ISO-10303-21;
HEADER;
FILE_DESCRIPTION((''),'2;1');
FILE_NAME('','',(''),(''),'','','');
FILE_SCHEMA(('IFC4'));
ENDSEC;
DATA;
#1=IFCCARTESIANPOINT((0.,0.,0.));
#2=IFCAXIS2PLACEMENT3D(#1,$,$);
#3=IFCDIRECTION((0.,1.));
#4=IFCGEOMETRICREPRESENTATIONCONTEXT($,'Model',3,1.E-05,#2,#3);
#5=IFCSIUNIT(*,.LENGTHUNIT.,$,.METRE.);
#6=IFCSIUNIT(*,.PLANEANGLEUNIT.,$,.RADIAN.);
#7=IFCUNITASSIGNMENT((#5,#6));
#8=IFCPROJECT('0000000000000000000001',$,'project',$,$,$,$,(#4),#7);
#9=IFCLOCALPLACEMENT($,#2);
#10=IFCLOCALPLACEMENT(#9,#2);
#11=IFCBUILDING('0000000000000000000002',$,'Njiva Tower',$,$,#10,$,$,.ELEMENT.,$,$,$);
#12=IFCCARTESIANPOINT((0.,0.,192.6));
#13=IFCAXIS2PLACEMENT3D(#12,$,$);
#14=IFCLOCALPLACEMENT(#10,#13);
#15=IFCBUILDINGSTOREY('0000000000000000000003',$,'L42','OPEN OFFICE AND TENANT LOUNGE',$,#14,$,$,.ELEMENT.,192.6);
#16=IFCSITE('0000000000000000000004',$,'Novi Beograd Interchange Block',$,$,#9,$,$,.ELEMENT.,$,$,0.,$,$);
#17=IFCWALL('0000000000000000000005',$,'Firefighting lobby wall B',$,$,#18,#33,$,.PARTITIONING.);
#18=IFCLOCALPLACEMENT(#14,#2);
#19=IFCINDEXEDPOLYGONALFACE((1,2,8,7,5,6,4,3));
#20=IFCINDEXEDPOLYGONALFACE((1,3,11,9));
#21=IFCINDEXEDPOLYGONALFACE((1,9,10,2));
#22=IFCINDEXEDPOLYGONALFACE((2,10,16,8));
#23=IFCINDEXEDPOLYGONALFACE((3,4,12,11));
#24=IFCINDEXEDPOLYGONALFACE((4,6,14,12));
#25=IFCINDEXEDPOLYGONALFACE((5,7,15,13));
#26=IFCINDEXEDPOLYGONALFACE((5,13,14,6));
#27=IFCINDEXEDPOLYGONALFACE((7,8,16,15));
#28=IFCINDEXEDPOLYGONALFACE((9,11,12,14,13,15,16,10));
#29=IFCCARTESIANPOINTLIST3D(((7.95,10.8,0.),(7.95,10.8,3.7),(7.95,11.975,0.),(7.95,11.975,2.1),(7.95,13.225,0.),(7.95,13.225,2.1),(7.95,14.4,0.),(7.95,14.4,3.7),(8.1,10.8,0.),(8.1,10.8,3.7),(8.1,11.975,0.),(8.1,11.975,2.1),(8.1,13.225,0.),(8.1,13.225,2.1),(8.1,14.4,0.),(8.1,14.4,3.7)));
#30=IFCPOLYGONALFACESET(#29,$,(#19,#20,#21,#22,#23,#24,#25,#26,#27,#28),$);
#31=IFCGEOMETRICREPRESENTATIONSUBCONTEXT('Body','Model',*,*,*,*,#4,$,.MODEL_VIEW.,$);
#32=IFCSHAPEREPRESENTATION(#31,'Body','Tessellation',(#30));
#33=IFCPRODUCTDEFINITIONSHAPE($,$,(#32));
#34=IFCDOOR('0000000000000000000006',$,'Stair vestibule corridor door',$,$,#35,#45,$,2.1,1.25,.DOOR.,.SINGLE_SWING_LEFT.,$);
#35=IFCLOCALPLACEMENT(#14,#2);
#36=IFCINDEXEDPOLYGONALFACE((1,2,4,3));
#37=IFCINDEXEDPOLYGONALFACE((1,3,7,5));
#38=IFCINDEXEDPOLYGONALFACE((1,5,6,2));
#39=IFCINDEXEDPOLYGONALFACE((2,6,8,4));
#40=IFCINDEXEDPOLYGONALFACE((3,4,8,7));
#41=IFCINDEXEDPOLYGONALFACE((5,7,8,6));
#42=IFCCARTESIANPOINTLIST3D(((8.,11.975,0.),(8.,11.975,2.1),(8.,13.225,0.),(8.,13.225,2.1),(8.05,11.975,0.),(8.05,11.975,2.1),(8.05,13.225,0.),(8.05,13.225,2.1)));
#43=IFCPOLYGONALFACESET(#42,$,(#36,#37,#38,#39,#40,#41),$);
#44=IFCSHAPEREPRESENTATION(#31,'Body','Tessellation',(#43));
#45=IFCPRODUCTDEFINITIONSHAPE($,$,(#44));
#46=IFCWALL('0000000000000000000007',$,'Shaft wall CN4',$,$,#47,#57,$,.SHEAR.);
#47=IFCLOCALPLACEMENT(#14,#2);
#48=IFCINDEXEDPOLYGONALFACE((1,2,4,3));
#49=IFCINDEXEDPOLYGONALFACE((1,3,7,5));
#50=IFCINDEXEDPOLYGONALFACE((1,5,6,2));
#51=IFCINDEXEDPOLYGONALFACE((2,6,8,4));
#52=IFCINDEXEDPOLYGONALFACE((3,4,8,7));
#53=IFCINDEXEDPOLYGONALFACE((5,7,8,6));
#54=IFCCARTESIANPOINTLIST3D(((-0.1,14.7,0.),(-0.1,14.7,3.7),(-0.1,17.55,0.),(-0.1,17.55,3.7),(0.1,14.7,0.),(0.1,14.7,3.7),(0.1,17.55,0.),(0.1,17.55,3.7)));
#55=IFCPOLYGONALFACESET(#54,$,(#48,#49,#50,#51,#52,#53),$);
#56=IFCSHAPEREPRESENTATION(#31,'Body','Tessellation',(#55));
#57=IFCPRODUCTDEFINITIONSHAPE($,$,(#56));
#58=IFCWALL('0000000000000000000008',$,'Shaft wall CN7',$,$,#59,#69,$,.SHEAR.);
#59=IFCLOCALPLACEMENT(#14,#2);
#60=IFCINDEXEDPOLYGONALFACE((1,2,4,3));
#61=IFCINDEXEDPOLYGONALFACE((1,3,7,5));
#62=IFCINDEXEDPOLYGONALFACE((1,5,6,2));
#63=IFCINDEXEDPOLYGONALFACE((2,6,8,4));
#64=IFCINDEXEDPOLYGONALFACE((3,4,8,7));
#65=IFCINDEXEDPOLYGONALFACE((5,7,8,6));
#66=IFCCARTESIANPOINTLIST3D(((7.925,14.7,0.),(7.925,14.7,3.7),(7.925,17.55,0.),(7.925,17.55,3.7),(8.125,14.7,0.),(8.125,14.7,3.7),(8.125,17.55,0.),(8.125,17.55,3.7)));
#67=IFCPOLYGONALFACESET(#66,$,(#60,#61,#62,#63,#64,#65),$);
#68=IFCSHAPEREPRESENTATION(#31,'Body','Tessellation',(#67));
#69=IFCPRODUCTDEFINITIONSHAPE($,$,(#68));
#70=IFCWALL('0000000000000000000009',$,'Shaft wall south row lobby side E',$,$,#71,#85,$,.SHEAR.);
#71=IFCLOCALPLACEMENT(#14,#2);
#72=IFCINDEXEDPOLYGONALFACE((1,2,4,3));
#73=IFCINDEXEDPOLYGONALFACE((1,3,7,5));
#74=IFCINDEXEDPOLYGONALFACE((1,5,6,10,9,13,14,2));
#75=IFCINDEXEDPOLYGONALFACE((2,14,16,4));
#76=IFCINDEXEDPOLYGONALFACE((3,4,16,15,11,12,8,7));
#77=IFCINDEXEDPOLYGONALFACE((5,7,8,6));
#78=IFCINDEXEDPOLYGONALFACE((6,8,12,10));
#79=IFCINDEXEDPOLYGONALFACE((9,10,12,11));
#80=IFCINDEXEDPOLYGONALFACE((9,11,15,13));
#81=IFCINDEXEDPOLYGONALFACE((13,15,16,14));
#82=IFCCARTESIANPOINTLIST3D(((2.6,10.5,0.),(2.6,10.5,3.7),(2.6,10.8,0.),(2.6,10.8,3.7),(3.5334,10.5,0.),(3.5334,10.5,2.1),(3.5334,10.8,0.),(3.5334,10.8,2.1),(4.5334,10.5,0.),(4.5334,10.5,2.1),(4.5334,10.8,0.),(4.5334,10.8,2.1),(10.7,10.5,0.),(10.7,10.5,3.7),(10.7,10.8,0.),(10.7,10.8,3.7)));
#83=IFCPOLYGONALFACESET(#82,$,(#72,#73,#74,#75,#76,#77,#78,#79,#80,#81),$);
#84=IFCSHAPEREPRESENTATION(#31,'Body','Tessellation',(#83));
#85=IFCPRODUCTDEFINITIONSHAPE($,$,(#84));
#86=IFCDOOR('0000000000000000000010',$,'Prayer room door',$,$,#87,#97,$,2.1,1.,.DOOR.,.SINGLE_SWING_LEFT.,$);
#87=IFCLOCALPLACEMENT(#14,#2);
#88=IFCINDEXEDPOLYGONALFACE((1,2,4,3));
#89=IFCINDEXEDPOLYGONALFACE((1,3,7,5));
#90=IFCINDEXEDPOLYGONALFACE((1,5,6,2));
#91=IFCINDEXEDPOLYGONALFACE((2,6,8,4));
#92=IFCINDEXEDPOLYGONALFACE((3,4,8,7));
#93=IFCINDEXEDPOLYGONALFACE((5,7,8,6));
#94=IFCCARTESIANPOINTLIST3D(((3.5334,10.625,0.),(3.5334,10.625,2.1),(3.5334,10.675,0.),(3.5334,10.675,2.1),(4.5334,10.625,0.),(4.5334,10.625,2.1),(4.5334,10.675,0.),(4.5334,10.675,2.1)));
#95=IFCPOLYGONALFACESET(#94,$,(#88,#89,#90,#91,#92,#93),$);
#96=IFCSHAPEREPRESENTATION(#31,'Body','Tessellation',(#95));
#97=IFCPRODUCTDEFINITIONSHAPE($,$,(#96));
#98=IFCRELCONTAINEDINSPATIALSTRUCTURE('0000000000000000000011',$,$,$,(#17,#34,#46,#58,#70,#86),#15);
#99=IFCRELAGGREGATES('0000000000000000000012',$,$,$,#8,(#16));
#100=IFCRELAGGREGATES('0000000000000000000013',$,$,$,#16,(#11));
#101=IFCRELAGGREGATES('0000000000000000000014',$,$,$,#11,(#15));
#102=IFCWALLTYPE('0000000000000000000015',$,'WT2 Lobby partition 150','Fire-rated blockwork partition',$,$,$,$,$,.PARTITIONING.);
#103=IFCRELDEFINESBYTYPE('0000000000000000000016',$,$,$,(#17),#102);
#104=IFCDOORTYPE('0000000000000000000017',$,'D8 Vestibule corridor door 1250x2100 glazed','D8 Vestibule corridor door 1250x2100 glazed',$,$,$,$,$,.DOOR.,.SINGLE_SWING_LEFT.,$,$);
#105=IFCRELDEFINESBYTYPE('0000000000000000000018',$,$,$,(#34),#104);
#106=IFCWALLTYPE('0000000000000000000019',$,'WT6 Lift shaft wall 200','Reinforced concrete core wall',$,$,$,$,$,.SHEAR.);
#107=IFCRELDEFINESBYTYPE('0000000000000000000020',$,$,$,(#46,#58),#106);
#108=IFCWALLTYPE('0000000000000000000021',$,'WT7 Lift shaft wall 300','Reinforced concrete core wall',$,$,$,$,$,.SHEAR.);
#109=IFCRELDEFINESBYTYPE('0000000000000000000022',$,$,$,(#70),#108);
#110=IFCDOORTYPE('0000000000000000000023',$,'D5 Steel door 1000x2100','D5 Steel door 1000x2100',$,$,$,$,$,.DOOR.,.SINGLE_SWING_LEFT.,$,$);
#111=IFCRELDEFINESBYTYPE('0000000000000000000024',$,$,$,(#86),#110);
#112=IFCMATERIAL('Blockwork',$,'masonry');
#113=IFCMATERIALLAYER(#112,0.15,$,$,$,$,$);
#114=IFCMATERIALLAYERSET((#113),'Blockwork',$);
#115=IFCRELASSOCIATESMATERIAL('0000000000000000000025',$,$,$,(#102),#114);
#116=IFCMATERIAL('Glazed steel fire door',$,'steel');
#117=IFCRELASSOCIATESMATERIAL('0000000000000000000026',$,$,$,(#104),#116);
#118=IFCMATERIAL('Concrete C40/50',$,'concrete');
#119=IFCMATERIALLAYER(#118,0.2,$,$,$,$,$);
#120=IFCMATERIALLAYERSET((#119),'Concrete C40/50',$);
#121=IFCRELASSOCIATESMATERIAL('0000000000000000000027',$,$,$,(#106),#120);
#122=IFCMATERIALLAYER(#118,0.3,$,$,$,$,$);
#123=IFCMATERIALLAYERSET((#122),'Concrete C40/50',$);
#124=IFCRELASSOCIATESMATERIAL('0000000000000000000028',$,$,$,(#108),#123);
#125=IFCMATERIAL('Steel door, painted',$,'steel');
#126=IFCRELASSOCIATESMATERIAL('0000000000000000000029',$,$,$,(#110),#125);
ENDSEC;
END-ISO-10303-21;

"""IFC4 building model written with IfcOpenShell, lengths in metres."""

from ifc_helpers import new_model, si_unit, direction, frame, frame_2d, origin, place, context, subcontext, project, spatial, rectangle, extrude, material, layer, layer_set, type_object, element, fill, save


model = new_model("IFC4")

# Units and contexts
model_context = context("Model", 3, precision=1e-05, world=origin(), true_north=direction((0.0, 1.0)))
body_context = subcontext(model_context, "Body", "Model", "MODEL_VIEW")
ifc_project = project(units=[si_unit("LENGTHUNIT", "METRE"), si_unit("PLANEANGLEUNIT", "RADIAN")], contexts=[model_context])

# Site, building, storey
site_placement = place(None, origin())
site = spatial("IfcSite", under=ifc_project, at=site_placement, Name="Novi Beograd Interchange Block", CompositionType="ELEMENT", RefElevation=0.0)
building_placement = place(site_placement, origin())
building = spatial("IfcBuilding", under=site, at=building_placement, Name="Njiva Tower", CompositionType="ELEMENT")
storey_placement = place(building_placement, frame((0.0, 0.0, 192.6)))
storey = spatial("IfcBuildingStorey", under=building, at=storey_placement, Name="L42", Description="OPEN OFFICE AND TENANT LOUNGE", CompositionType="ELEMENT", Elevation=192.6)

# Shared definitions
ifc_material_1 = material(Name="Blockwork", Category="masonry")

# Wall, opening, door
ifc_material_2 = material(Name="Concrete C40/50", Category="concrete")
ifc_material_3 = material(Name="Glazed steel fire door", Category="steel")
ifc_layer_1 = layer(ifc_material_1, 0.15)
ifc_layer_set_1 = layer_set([ifc_layer_1], Name="Blockwork")
wall_type_1 = type_object("IfcWallType", Name="WT2 Lobby partition 150", Description="Fire-rated blockwork partition", PredefinedType="PARTITIONING", material=ifc_layer_set_1)
wall_1_placement = place(storey_placement, frame((8.025, 10.8, 0.0), z_axis=(0.0, 0.0, 1.0), x_axis=(0.0, 1.0, 0.0)))
wall_1 = element("IfcWall", 1, at=wall_1_placement, inside=storey, type_object=wall_type_1, Name="Firefighting lobby wall B", PredefinedType="PARTITIONING", context=body_context, shape_type="SweptSolid", body=[
    extrude(rectangle(XDim=3.6, YDim=0.15, at=frame_2d((1.8, 0.0))), origin(), (0.0, 0.0, 1.0), 3.7),
])
opening_1_placement = place(wall_1_placement, frame((1.175, 0.0, 0.0)))
opening_1 = element("IfcOpeningElement", 2, at=opening_1_placement, cuts=wall_1, PredefinedType="OPENING", context=body_context, shape_type="SweptSolid", body=[
    extrude(rectangle(XDim=1.25, YDim=2.1, at=frame_2d((0.625, 1.05))), frame((0.0, 0.085, 0.0), z_axis=(0.0, -1.0, 0.0), x_axis=(1.0, 0.0, 0.0)), (0.0, 0.0, 1.0), 0.17),
])
door_type_1 = type_object("IfcDoorType", Name="D8 Vestibule corridor door 1250x2100 glazed", Description="D8 Vestibule corridor door 1250x2100 glazed", OperationType="SINGLE_SWING_LEFT", PredefinedType="DOOR", material=ifc_material_3)
door_1_placement = place(opening_1_placement, origin())
door_1 = element("IfcDoor", 3, at=door_1_placement, inside=storey, type_object=door_type_1, Name="Stair vestibule corridor door", OperationType="SINGLE_SWING_LEFT", OverallHeight=2.1, OverallWidth=1.25, PredefinedType="DOOR", context=body_context, shape_type="SweptSolid", body=[
    extrude(rectangle(XDim=1.25, YDim=2.1, at=frame_2d((0.625, 1.05))), frame((0.0, 0.025, 0.0), z_axis=(0.0, -1.0, 0.0), x_axis=(1.0, 0.0, 0.0)), (0.0, 0.0, 1.0), 0.05),
])
fill(opening_1, door_1)

# Walls
ifc_layer_2 = layer(ifc_material_2, 0.2)
ifc_layer_set_2 = layer_set([ifc_layer_2], Name="Concrete C40/50")
wall_type_2 = type_object("IfcWallType", Name="WT6 Lift shaft wall 200", Description="Reinforced concrete core wall", PredefinedType="SHEAR", material=ifc_layer_set_2)
for number, where, z_axis, x_axis, name in (
    (4, (0.0, 14.7, 0.0), (0.0, 0.0, 1.0), (0.0, 1.0, 0.0), "Shaft wall CN4"),
    (5, (8.025, 14.7, 0.0), (0.0, 0.0, 1.0), (0.0, 1.0, 0.0), "Shaft wall CN7"),
):
    element("IfcWall", number, at=place(storey_placement, frame(where, z_axis=z_axis, x_axis=x_axis)), inside=storey, type_object=wall_type_2, Name=name, PredefinedType="SHEAR", context=body_context, shape_type="SweptSolid", body=[
        extrude(rectangle(XDim=2.85, YDim=0.2, at=frame_2d((1.425, 0.0))), origin(), (0.0, 0.0, 1.0), 3.7),
    ])

# Wall, opening, door
ifc_layer_3 = layer(ifc_material_2, 0.3)
ifc_layer_set_3 = layer_set([ifc_layer_3], Name="Concrete C40/50")
wall_type_3 = type_object("IfcWallType", Name="WT7 Lift shaft wall 300", Description="Reinforced concrete core wall", PredefinedType="SHEAR", material=ifc_layer_set_3)
wall_2_placement = place(storey_placement, frame((2.6, 10.65, 0.0), z_axis=(0.0, 0.0, 1.0), x_axis=(1.0, 0.0, 0.0)))
wall_2 = element("IfcWall", 6, at=wall_2_placement, inside=storey, type_object=wall_type_3, Name="Shaft wall south row lobby side E", PredefinedType="SHEAR", context=body_context, shape_type="SweptSolid", body=[
    extrude(rectangle(XDim=8.1, YDim=0.3, at=frame_2d((4.05, 0.0))), origin(), (0.0, 0.0, 1.0), 3.7),
])
opening_2_placement = place(wall_2_placement, frame((0.9334, 0.0, 0.0)))
opening_2 = element("IfcOpeningElement", 7, at=opening_2_placement, cuts=wall_2, PredefinedType="OPENING", context=body_context, shape_type="SweptSolid", body=[
    extrude(rectangle(XDim=1.0, YDim=2.1, at=frame_2d((0.5, 1.05))), frame((0.0, 0.16, 0.0), z_axis=(0.0, -1.0, 0.0), x_axis=(1.0, 0.0, 0.0)), (0.0, 0.0, 1.0), 0.32),
])
ifc_material_4 = material(Name="Steel door, painted", Category="steel")
door_type_2 = type_object("IfcDoorType", Name="D5 Steel door 1000x2100", Description="D5 Steel door 1000x2100", OperationType="SINGLE_SWING_LEFT", PredefinedType="DOOR", material=ifc_material_4)
door_2_placement = place(opening_2_placement, origin())
door_2 = element("IfcDoor", 8, at=door_2_placement, inside=storey, type_object=door_type_2, Name="Prayer room door", OperationType="SINGLE_SWING_LEFT", OverallHeight=2.1, OverallWidth=1.0, PredefinedType="DOOR", context=body_context, shape_type="SweptSolid", body=[
    extrude(rectangle(XDim=1.0, YDim=2.1, at=frame_2d((0.5, 1.05))), frame((0.0, 0.025, 0.0), z_axis=(0.0, -1.0, 0.0), x_axis=(1.0, 0.0, 0.0)), (0.0, 0.0, 1.0), 0.05),
])
fill(opening_2, door_2)

save(model, "model.ifc")
